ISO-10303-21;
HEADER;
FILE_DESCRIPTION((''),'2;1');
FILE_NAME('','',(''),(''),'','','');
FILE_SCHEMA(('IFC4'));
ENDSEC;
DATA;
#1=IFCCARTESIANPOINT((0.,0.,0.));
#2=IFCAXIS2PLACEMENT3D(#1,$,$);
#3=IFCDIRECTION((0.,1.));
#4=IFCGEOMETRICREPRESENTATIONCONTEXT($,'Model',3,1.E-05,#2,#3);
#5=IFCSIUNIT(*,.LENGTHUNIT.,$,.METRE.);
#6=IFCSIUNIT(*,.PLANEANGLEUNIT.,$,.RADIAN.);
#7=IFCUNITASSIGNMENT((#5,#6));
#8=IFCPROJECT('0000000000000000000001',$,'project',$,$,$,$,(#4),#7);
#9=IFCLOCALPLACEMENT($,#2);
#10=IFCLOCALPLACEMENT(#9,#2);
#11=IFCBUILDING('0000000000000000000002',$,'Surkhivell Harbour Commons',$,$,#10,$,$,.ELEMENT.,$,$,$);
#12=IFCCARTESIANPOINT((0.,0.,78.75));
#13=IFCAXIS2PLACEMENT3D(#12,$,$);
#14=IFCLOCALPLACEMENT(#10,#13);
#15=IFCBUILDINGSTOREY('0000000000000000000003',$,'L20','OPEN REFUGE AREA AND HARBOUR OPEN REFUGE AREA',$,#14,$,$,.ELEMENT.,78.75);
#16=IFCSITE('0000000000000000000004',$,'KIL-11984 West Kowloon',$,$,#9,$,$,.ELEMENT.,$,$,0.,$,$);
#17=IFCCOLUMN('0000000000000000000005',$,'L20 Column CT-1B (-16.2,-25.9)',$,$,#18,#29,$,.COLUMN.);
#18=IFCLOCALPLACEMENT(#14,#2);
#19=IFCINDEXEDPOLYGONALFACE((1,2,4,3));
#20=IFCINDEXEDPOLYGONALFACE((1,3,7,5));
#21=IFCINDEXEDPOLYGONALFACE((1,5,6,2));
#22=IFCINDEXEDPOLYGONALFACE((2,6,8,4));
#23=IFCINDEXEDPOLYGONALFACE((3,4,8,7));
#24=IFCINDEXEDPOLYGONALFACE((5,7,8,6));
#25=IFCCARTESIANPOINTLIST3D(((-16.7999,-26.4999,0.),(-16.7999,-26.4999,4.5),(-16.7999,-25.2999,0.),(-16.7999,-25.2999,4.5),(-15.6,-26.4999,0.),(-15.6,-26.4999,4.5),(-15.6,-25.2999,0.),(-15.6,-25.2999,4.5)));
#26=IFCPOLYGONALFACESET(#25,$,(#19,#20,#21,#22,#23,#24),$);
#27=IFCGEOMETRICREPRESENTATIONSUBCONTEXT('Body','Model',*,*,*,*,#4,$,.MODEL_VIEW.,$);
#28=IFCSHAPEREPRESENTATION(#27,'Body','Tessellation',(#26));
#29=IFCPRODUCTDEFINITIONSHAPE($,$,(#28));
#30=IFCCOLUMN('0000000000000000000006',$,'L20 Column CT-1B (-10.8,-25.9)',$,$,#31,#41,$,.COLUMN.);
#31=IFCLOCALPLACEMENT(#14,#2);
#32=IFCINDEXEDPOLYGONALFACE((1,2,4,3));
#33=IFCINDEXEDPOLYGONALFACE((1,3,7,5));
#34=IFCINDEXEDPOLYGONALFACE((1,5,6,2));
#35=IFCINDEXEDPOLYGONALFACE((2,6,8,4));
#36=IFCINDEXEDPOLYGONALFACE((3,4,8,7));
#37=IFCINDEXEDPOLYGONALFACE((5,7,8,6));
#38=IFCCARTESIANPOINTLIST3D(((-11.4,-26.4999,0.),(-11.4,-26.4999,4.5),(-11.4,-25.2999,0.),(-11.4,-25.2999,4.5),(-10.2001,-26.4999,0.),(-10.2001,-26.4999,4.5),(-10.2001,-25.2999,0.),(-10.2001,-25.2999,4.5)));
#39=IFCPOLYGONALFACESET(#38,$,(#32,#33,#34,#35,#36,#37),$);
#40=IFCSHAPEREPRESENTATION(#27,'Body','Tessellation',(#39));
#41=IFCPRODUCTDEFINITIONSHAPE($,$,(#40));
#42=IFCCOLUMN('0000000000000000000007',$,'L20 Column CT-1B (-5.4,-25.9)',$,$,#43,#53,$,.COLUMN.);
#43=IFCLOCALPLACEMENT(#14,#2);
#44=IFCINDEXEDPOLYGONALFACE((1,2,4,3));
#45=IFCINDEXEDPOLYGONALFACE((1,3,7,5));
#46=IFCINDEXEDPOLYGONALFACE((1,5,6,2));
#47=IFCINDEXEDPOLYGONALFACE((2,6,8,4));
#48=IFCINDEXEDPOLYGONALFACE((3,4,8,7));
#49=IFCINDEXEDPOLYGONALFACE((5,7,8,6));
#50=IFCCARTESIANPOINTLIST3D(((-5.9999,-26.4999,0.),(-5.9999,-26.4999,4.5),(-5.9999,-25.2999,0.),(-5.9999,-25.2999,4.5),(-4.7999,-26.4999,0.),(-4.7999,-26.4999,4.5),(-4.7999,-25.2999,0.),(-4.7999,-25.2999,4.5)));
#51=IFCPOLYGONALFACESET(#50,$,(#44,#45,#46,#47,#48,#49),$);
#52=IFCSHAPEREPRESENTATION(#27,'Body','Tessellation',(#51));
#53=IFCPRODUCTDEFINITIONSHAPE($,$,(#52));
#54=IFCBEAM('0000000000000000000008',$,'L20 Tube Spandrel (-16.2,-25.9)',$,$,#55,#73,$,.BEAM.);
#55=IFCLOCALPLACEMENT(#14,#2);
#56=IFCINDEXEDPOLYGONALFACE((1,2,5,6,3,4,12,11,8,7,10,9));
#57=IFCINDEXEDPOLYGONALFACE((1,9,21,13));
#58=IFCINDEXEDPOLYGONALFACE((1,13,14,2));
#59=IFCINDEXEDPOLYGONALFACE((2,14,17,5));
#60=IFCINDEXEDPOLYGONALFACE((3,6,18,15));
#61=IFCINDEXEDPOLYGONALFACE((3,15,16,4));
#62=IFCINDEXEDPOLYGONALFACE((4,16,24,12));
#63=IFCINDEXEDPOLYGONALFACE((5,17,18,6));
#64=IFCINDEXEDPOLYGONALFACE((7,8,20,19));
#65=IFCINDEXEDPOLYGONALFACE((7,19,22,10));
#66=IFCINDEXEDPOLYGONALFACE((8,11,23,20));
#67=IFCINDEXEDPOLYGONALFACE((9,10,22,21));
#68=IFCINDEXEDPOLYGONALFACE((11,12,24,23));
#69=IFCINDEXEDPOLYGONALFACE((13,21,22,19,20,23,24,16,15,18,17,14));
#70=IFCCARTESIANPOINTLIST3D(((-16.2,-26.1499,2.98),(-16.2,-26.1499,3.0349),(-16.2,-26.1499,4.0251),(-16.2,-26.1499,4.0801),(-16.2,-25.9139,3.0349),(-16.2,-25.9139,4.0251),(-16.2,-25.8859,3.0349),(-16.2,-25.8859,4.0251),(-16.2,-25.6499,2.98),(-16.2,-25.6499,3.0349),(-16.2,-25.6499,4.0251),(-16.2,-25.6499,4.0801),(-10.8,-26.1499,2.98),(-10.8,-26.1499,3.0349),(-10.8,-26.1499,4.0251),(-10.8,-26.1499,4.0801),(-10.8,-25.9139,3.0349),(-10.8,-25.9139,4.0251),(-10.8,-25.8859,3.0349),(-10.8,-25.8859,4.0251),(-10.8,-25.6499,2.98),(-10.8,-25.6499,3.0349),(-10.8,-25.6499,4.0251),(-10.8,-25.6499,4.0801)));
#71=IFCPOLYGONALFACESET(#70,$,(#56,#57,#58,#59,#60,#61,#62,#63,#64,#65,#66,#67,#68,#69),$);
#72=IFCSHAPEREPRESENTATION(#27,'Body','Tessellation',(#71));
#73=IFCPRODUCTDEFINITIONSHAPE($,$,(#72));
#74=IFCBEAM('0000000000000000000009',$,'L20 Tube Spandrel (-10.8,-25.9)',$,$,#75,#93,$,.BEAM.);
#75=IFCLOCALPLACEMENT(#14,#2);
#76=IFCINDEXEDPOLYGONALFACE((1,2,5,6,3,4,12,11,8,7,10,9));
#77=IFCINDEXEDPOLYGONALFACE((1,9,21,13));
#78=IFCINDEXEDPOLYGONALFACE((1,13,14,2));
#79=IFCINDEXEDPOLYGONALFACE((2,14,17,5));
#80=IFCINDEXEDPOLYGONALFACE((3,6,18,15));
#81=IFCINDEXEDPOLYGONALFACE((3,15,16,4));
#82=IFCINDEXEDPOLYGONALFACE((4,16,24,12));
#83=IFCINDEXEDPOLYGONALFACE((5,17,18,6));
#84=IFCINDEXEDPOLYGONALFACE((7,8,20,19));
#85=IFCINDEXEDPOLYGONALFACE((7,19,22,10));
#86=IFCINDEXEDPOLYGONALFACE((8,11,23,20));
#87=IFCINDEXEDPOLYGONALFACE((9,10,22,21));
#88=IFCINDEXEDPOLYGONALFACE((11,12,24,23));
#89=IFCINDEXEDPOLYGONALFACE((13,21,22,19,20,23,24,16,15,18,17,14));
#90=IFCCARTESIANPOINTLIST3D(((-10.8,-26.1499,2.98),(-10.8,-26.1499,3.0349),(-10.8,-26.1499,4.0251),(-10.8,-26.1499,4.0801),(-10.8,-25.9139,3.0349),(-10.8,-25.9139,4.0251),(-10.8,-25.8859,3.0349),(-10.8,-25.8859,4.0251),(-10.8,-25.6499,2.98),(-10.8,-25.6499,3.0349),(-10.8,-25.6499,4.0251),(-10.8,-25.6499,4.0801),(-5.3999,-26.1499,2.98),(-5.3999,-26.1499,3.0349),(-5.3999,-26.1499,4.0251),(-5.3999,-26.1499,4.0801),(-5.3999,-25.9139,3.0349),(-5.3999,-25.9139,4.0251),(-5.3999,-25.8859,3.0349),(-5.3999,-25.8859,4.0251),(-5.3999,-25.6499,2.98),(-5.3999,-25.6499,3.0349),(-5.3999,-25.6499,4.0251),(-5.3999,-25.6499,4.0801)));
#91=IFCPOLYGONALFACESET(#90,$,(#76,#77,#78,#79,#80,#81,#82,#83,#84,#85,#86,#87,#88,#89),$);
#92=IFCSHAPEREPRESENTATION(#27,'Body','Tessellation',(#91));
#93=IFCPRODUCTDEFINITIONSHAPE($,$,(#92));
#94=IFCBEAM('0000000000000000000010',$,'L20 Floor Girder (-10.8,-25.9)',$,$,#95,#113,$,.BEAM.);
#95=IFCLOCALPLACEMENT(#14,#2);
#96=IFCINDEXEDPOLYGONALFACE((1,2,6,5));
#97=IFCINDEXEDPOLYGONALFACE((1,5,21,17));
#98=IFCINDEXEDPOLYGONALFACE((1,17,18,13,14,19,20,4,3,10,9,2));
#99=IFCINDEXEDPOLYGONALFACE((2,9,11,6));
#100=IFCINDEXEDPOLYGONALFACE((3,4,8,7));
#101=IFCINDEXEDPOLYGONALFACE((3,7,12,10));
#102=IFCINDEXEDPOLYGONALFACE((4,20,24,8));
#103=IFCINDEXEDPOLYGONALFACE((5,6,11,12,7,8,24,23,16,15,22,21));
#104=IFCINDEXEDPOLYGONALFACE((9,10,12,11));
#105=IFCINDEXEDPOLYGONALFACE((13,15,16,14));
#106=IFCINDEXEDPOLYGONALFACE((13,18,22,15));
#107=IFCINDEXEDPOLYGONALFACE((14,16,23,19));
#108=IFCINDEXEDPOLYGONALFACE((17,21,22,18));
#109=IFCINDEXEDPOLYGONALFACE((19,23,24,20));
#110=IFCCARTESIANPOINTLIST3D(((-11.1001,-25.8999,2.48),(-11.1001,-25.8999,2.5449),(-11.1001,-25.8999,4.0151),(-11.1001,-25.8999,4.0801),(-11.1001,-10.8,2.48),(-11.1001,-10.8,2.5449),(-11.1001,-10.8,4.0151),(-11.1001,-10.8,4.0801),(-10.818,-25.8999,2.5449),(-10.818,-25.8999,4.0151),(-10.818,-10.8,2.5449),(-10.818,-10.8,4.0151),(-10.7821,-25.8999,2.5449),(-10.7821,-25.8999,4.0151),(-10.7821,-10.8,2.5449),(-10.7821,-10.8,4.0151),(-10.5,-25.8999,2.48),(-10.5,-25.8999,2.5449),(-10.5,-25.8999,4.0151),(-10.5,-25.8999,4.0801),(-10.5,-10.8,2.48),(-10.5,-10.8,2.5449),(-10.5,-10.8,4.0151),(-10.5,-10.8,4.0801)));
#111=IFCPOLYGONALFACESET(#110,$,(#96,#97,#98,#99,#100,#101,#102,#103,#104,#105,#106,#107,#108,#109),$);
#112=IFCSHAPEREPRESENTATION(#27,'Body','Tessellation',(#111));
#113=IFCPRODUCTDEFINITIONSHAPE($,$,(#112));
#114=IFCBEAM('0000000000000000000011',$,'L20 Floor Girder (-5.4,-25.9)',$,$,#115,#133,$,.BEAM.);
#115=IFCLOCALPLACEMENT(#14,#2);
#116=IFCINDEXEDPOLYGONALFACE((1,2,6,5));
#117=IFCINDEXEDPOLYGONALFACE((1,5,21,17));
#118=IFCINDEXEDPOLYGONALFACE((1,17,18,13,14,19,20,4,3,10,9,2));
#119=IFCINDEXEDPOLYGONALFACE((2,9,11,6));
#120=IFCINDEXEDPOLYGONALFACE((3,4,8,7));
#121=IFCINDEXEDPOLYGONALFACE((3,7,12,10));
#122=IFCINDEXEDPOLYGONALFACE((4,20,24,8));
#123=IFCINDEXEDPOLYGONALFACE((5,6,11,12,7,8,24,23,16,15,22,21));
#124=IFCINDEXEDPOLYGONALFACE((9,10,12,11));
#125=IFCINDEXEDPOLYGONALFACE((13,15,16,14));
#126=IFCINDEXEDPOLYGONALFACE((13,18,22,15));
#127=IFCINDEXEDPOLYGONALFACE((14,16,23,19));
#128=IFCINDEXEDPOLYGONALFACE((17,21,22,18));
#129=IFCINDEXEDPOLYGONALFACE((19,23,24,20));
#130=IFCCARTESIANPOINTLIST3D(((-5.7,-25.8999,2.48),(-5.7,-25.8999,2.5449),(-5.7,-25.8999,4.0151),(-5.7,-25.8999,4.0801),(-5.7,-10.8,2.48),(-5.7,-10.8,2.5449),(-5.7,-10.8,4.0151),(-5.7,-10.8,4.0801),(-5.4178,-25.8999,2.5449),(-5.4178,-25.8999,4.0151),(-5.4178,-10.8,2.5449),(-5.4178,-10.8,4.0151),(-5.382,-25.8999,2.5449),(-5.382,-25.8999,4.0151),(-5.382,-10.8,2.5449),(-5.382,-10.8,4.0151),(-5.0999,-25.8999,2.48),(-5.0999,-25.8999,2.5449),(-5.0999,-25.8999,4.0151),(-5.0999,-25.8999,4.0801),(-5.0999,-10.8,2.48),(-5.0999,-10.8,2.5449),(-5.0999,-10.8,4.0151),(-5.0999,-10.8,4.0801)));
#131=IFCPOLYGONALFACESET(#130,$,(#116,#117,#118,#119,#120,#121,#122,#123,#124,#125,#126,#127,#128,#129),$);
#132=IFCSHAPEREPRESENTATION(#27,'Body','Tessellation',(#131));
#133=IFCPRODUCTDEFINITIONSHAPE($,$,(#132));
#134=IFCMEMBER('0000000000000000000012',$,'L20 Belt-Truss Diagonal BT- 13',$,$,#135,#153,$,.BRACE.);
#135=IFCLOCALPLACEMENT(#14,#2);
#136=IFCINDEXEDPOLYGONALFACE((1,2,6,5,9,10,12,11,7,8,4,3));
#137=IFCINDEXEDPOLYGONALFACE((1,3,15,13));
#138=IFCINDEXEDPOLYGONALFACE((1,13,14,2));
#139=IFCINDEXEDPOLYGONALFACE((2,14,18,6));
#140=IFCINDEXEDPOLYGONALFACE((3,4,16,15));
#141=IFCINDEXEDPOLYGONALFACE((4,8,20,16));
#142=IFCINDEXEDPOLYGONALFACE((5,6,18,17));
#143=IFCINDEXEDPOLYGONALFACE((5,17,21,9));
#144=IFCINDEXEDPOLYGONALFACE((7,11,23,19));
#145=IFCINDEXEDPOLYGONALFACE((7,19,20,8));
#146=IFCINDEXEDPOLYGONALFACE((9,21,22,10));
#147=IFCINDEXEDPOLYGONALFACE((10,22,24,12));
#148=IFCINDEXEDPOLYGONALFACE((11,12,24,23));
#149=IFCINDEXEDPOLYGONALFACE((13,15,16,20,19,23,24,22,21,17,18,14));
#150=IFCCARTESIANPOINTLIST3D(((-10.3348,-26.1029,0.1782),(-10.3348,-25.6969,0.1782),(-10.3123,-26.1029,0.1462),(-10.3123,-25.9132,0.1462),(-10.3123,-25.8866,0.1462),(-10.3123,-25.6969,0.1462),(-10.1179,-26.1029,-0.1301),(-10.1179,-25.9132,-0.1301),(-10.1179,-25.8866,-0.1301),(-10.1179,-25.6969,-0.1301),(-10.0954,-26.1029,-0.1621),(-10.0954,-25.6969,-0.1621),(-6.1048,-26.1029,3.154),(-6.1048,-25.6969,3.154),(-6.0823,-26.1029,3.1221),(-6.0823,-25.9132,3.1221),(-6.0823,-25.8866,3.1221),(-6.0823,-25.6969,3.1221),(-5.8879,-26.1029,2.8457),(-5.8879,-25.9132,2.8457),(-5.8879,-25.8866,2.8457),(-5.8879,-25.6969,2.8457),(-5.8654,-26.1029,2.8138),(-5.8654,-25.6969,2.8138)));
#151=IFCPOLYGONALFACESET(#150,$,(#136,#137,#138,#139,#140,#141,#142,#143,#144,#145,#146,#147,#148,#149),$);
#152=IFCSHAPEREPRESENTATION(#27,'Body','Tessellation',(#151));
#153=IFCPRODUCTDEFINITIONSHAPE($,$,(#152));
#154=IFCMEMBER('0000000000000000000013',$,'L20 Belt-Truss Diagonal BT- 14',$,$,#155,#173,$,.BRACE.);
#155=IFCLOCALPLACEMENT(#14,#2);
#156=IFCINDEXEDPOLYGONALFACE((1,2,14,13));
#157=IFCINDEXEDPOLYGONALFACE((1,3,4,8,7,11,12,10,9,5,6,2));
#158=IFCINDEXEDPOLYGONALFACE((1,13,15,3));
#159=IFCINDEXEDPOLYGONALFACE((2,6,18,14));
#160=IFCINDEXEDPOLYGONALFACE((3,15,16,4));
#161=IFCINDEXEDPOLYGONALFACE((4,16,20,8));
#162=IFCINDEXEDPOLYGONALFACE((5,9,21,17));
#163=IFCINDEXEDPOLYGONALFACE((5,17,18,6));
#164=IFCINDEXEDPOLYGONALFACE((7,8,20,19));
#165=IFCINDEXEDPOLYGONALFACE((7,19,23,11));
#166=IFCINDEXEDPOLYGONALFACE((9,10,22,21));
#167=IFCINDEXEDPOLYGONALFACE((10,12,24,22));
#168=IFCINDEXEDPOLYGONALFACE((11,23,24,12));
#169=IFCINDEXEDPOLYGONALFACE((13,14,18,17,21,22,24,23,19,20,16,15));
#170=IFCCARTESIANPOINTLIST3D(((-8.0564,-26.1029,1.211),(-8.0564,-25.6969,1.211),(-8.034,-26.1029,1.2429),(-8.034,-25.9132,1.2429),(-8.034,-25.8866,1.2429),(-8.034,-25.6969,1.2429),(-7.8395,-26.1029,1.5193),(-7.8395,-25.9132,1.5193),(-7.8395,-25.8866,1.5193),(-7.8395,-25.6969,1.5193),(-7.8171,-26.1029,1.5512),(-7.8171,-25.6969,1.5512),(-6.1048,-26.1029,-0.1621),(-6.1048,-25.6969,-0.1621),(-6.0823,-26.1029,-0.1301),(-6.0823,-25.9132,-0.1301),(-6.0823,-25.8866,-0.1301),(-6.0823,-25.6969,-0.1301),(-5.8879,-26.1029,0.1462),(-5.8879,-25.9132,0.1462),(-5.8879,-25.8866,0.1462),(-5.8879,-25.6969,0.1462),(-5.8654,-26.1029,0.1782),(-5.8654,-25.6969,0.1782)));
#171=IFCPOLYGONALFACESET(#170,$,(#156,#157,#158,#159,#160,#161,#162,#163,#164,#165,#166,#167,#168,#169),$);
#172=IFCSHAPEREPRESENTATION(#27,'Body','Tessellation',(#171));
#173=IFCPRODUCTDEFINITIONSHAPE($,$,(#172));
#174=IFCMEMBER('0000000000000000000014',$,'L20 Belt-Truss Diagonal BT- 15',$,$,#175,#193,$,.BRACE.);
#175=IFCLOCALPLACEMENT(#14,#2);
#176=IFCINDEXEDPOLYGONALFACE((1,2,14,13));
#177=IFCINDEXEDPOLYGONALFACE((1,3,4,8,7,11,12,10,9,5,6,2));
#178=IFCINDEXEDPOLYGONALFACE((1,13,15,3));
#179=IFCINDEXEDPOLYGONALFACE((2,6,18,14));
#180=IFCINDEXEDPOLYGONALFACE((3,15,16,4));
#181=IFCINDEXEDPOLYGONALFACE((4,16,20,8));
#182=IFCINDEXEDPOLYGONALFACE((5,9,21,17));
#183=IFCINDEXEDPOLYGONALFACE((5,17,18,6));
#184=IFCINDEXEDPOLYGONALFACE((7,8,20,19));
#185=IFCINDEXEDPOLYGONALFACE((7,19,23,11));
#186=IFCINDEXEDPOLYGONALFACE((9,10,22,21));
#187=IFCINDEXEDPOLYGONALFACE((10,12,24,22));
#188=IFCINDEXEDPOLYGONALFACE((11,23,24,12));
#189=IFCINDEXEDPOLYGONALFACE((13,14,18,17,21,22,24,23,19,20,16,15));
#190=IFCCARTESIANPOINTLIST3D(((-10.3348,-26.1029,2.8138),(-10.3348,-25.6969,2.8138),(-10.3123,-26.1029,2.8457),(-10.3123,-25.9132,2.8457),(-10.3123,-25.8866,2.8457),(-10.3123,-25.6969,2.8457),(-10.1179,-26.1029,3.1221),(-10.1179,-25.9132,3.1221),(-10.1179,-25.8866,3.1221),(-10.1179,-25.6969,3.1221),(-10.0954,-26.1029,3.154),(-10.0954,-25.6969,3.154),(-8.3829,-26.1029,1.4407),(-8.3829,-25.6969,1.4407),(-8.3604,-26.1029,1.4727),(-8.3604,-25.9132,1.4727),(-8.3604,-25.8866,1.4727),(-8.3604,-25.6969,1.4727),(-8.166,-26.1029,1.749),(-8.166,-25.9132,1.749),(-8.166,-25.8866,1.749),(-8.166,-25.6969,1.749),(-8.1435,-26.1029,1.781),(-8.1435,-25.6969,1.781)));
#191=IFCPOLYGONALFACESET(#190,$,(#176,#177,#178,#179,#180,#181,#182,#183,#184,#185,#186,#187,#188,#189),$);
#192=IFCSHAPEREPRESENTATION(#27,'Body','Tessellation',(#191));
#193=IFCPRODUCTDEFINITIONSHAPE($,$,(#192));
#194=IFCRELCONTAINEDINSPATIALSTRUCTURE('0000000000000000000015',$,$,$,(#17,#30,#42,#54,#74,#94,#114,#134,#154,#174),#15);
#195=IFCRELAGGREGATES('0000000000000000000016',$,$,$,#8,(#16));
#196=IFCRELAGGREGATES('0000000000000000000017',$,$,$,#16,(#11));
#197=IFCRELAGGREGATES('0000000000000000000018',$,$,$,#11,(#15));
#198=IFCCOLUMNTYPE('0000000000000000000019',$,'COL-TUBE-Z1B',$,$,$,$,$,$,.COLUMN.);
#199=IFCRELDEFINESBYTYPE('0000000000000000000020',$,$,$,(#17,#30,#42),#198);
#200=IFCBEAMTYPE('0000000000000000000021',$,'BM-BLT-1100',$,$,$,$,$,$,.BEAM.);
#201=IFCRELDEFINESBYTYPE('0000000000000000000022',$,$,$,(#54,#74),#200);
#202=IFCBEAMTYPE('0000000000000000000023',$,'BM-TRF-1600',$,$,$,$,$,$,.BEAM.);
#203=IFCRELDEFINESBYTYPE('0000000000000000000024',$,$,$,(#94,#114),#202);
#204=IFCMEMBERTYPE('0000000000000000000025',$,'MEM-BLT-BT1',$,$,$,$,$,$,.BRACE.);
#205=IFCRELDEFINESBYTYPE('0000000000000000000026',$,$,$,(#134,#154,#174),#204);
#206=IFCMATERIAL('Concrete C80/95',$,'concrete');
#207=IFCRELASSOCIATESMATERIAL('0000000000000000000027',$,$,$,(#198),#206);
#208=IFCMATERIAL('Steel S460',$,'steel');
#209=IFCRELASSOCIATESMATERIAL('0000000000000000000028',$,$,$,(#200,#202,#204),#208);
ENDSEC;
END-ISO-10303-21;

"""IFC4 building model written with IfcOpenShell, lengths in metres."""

from ifc_helpers import new_model, si_unit, direction, frame, origin, origin_2d, place, context, subcontext, project, spatial, rectangle, i_section, extrude, material, material_profile, profile_set, type_object, element, save


model = new_model("IFC4")

# Units and contexts
model_context = context("Model", 3, precision=1e-05, world=origin(), true_north=direction((0.0, 1.0)))
body_context = subcontext(model_context, "Body", "Model", "MODEL_VIEW")
ifc_project = project(units=[si_unit("LENGTHUNIT", "METRE"), si_unit("PLANEANGLEUNIT", "RADIAN")], contexts=[model_context])

# Site, building, storey
site_placement = place(None, origin())
site = spatial("IfcSite", under=ifc_project, at=site_placement, Name="KIL-11984 West Kowloon", CompositionType="ELEMENT", RefElevation=0.0)
building_placement = place(site_placement, origin())
building = spatial("IfcBuilding", under=site, at=building_placement, Name="Surkhivell Harbour Commons", CompositionType="ELEMENT")
storey_placement = place(building_placement, frame((0.0, 0.0, 78.75)))
storey = spatial("IfcBuildingStorey", under=building, at=storey_placement, Name="L20", Description="OPEN REFUGE AREA AND HARBOUR OPEN REFUGE AREA", CompositionType="ELEMENT", Elevation=78.75)

# Columns
ifc_material_1 = material(Name="Concrete C80/95", Category="concrete")
ifc_material_profile_1 = material_profile(ifc_material_1, rectangle(XDim=1.2, YDim=1.2, at=origin_2d()), Name="RC-COL-1200x1200")
ifc_profile_set_1 = profile_set([ifc_material_profile_1], Name="Concrete C80/95")
column_type = type_object("IfcColumnType", Name="COL-TUBE-Z1B", PredefinedType="COLUMN", material=ifc_profile_set_1)
for number, where, z_axis, x_axis, name in (
    (1, (-16.2, -25.8999, 0.0), (0.0, 0.0, 1.0), (1.0, 0.0, 0.0), "L20 Column CT-1B (-16.2,-25.9)"),
    (2, (-10.8, -25.8999, 0.0), (0.0, 0.0, 1.0), (1.0, 0.0, 0.0), "L20 Column CT-1B (-10.8,-25.9)"),
    (3, (-5.3999, -25.8999, 0.0), (0.0, 0.0, 1.0), (1.0, 0.0, 0.0), "L20 Column CT-1B (-5.4,-25.9)"),
):
    element("IfcColumn", number, at=place(storey_placement, frame(where, z_axis=z_axis, x_axis=x_axis)), inside=storey, type_object=column_type, Name=name, PredefinedType="COLUMN", context=body_context, shape_type="SweptSolid", body=[
        extrude(rectangle(XDim=1.2, YDim=1.2, at=origin_2d()), origin(), (0.0, 0.0, 1.0), 4.5),
    ])

# Beams
ifc_material_2 = material(Name="Steel S460", Category="steel")
ifc_material_profile_2 = material_profile(ifc_material_2, i_section(OverallWidth=0.5, OverallDepth=1.1001, WebThickness=0.0281, FlangeThickness=0.0549, at=origin_2d()), Name="WPG1100x500x210")
ifc_profile_set_2 = profile_set([ifc_material_profile_2], Name="Steel S460")
beam_type_1 = type_object("IfcBeamType", Name="BM-BLT-1100", PredefinedType="BEAM", material=ifc_profile_set_2)
beam_1_placement = place(storey_placement, frame((-16.2, -25.8999, 3.53), z_axis=(1.0, 0.0, 0.0), x_axis=(0.0, 1.0, 0.0)))
element("IfcBeam", 4, at=beam_1_placement, inside=storey, type_object=beam_type_1, Name="L20 Tube Spandrel (-16.2,-25.9)", PredefinedType="BEAM", context=body_context, shape_type="SweptSolid", body=[
    extrude(i_section(OverallWidth=0.5, OverallDepth=1.1001, WebThickness=0.0281, FlangeThickness=0.0549, at=origin_2d()), origin(), (0.0, 0.0, 1.0), 5.3999),
])
beam_2_placement = place(storey_placement, frame((-10.8, -25.8999, 3.53), z_axis=(1.0, 0.0, 0.0), x_axis=(0.0, 1.0, 0.0)))
element("IfcBeam", 5, at=beam_2_placement, inside=storey, type_object=beam_type_1, Name="L20 Tube Spandrel (-10.8,-25.9)", PredefinedType="BEAM", context=body_context, shape_type="SweptSolid", body=[
    extrude(i_section(OverallWidth=0.5, OverallDepth=1.1001, WebThickness=0.0281, FlangeThickness=0.0549, at=origin_2d()), origin(), (0.0, 0.0, 1.0), 5.4001),
])
ifc_material_profile_3 = material_profile(ifc_material_2, i_section(OverallWidth=0.6001, OverallDepth=1.6001, WebThickness=0.0359, FlangeThickness=0.0649, at=origin_2d()), Name="WPG1600x600x296")
ifc_profile_set_3 = profile_set([ifc_material_profile_3], Name="Steel S460")
beam_type_2 = type_object("IfcBeamType", Name="BM-TRF-1600", PredefinedType="BEAM", material=ifc_profile_set_3)
for number, where, z_axis, x_axis, name in (
    (6, (-10.8, -25.8999, 3.28), (0.0, 1.0, 0.0), (-1.0, 0.0, 0.0), "L20 Floor Girder (-10.8,-25.9)"),
    (7, (-5.3999, -25.8999, 3.28), (0.0, 1.0, 0.0), (-1.0, 0.0, 0.0), "L20 Floor Girder (-5.4,-25.9)"),
):
    element("IfcBeam", number, at=place(storey_placement, frame(where, z_axis=z_axis, x_axis=x_axis)), inside=storey, type_object=beam_type_2, Name=name, PredefinedType="BEAM", context=body_context, shape_type="SweptSolid", body=[
        extrude(i_section(OverallWidth=0.6001, OverallDepth=1.6001, WebThickness=0.0359, FlangeThickness=0.0649, at=origin_2d()), origin(), (0.0, 0.0, 1.0), 15.0999),
    ])

# Members
ifc_material_profile_4 = material_profile(ifc_material_2, i_section(OverallWidth=0.406, OverallDepth=0.416, WebThickness=0.0266, FlangeThickness=0.0391, at=origin_2d()), Name="HD400x382")
ifc_profile_set_4 = profile_set([ifc_material_profile_4], Name="Steel S460")
member_type_1 = type_object("IfcMemberType", Name="MEM-BLT-BT1", PredefinedType="BRACE", material=ifc_profile_set_4)
member_1_placement = place(storey_placement, frame((-10.2151, -25.8999, 0.0081), z_axis=(0.817881, 0.0, 0.575387), x_axis=(0.0, 1.0, 0.0)))
element("IfcMember", 8, at=member_1_placement, inside=storey, type_object=member_type_1, Name="L20 Belt-Truss Diagonal BT- 13", PredefinedType="BRACE", context=body_context, shape_type="SweptSolid", body=[
    extrude(i_section(OverallWidth=0.406, OverallDepth=0.416, WebThickness=0.0266, FlangeThickness=0.0391, at=origin_2d()), origin(), (0.0, 0.0, 1.0), 5.1719),
])
member_2_placement = place(storey_placement, frame((-5.9851, -25.8999, 0.0081), z_axis=(-0.817874, 0.0, 0.575397), x_axis=(0.0, -1.0, 0.0)))
element("IfcMember", 9, at=member_2_placement, inside=storey, type_object=member_type_1, Name="L20 Belt-Truss Diagonal BT- 14", PredefinedType="BRACE", context=body_context, shape_type="SweptSolid", body=[
    extrude(i_section(OverallWidth=0.406, OverallDepth=0.416, WebThickness=0.0266, FlangeThickness=0.0391, at=origin_2d()), origin(), (0.0, 0.0, 1.0), 2.3862),
])
member_3_placement = place(storey_placement, frame((-8.2632, -25.8999, 1.6108), z_axis=(-0.817908, 0.0, 0.575349), x_axis=(0.0, -1.0, 0.0)))
element("IfcMember", 10, at=member_3_placement, inside=storey, type_object=member_type_1, Name="L20 Belt-Truss Diagonal BT- 15", PredefinedType="BRACE", context=body_context, shape_type="SweptSolid", body=[
    extrude(i_section(OverallWidth=0.406, OverallDepth=0.416, WebThickness=0.0266, FlangeThickness=0.0391, at=origin_2d()), origin(), (0.0, 0.0, 1.0), 2.3865),
])

save(model, "model.ifc")
